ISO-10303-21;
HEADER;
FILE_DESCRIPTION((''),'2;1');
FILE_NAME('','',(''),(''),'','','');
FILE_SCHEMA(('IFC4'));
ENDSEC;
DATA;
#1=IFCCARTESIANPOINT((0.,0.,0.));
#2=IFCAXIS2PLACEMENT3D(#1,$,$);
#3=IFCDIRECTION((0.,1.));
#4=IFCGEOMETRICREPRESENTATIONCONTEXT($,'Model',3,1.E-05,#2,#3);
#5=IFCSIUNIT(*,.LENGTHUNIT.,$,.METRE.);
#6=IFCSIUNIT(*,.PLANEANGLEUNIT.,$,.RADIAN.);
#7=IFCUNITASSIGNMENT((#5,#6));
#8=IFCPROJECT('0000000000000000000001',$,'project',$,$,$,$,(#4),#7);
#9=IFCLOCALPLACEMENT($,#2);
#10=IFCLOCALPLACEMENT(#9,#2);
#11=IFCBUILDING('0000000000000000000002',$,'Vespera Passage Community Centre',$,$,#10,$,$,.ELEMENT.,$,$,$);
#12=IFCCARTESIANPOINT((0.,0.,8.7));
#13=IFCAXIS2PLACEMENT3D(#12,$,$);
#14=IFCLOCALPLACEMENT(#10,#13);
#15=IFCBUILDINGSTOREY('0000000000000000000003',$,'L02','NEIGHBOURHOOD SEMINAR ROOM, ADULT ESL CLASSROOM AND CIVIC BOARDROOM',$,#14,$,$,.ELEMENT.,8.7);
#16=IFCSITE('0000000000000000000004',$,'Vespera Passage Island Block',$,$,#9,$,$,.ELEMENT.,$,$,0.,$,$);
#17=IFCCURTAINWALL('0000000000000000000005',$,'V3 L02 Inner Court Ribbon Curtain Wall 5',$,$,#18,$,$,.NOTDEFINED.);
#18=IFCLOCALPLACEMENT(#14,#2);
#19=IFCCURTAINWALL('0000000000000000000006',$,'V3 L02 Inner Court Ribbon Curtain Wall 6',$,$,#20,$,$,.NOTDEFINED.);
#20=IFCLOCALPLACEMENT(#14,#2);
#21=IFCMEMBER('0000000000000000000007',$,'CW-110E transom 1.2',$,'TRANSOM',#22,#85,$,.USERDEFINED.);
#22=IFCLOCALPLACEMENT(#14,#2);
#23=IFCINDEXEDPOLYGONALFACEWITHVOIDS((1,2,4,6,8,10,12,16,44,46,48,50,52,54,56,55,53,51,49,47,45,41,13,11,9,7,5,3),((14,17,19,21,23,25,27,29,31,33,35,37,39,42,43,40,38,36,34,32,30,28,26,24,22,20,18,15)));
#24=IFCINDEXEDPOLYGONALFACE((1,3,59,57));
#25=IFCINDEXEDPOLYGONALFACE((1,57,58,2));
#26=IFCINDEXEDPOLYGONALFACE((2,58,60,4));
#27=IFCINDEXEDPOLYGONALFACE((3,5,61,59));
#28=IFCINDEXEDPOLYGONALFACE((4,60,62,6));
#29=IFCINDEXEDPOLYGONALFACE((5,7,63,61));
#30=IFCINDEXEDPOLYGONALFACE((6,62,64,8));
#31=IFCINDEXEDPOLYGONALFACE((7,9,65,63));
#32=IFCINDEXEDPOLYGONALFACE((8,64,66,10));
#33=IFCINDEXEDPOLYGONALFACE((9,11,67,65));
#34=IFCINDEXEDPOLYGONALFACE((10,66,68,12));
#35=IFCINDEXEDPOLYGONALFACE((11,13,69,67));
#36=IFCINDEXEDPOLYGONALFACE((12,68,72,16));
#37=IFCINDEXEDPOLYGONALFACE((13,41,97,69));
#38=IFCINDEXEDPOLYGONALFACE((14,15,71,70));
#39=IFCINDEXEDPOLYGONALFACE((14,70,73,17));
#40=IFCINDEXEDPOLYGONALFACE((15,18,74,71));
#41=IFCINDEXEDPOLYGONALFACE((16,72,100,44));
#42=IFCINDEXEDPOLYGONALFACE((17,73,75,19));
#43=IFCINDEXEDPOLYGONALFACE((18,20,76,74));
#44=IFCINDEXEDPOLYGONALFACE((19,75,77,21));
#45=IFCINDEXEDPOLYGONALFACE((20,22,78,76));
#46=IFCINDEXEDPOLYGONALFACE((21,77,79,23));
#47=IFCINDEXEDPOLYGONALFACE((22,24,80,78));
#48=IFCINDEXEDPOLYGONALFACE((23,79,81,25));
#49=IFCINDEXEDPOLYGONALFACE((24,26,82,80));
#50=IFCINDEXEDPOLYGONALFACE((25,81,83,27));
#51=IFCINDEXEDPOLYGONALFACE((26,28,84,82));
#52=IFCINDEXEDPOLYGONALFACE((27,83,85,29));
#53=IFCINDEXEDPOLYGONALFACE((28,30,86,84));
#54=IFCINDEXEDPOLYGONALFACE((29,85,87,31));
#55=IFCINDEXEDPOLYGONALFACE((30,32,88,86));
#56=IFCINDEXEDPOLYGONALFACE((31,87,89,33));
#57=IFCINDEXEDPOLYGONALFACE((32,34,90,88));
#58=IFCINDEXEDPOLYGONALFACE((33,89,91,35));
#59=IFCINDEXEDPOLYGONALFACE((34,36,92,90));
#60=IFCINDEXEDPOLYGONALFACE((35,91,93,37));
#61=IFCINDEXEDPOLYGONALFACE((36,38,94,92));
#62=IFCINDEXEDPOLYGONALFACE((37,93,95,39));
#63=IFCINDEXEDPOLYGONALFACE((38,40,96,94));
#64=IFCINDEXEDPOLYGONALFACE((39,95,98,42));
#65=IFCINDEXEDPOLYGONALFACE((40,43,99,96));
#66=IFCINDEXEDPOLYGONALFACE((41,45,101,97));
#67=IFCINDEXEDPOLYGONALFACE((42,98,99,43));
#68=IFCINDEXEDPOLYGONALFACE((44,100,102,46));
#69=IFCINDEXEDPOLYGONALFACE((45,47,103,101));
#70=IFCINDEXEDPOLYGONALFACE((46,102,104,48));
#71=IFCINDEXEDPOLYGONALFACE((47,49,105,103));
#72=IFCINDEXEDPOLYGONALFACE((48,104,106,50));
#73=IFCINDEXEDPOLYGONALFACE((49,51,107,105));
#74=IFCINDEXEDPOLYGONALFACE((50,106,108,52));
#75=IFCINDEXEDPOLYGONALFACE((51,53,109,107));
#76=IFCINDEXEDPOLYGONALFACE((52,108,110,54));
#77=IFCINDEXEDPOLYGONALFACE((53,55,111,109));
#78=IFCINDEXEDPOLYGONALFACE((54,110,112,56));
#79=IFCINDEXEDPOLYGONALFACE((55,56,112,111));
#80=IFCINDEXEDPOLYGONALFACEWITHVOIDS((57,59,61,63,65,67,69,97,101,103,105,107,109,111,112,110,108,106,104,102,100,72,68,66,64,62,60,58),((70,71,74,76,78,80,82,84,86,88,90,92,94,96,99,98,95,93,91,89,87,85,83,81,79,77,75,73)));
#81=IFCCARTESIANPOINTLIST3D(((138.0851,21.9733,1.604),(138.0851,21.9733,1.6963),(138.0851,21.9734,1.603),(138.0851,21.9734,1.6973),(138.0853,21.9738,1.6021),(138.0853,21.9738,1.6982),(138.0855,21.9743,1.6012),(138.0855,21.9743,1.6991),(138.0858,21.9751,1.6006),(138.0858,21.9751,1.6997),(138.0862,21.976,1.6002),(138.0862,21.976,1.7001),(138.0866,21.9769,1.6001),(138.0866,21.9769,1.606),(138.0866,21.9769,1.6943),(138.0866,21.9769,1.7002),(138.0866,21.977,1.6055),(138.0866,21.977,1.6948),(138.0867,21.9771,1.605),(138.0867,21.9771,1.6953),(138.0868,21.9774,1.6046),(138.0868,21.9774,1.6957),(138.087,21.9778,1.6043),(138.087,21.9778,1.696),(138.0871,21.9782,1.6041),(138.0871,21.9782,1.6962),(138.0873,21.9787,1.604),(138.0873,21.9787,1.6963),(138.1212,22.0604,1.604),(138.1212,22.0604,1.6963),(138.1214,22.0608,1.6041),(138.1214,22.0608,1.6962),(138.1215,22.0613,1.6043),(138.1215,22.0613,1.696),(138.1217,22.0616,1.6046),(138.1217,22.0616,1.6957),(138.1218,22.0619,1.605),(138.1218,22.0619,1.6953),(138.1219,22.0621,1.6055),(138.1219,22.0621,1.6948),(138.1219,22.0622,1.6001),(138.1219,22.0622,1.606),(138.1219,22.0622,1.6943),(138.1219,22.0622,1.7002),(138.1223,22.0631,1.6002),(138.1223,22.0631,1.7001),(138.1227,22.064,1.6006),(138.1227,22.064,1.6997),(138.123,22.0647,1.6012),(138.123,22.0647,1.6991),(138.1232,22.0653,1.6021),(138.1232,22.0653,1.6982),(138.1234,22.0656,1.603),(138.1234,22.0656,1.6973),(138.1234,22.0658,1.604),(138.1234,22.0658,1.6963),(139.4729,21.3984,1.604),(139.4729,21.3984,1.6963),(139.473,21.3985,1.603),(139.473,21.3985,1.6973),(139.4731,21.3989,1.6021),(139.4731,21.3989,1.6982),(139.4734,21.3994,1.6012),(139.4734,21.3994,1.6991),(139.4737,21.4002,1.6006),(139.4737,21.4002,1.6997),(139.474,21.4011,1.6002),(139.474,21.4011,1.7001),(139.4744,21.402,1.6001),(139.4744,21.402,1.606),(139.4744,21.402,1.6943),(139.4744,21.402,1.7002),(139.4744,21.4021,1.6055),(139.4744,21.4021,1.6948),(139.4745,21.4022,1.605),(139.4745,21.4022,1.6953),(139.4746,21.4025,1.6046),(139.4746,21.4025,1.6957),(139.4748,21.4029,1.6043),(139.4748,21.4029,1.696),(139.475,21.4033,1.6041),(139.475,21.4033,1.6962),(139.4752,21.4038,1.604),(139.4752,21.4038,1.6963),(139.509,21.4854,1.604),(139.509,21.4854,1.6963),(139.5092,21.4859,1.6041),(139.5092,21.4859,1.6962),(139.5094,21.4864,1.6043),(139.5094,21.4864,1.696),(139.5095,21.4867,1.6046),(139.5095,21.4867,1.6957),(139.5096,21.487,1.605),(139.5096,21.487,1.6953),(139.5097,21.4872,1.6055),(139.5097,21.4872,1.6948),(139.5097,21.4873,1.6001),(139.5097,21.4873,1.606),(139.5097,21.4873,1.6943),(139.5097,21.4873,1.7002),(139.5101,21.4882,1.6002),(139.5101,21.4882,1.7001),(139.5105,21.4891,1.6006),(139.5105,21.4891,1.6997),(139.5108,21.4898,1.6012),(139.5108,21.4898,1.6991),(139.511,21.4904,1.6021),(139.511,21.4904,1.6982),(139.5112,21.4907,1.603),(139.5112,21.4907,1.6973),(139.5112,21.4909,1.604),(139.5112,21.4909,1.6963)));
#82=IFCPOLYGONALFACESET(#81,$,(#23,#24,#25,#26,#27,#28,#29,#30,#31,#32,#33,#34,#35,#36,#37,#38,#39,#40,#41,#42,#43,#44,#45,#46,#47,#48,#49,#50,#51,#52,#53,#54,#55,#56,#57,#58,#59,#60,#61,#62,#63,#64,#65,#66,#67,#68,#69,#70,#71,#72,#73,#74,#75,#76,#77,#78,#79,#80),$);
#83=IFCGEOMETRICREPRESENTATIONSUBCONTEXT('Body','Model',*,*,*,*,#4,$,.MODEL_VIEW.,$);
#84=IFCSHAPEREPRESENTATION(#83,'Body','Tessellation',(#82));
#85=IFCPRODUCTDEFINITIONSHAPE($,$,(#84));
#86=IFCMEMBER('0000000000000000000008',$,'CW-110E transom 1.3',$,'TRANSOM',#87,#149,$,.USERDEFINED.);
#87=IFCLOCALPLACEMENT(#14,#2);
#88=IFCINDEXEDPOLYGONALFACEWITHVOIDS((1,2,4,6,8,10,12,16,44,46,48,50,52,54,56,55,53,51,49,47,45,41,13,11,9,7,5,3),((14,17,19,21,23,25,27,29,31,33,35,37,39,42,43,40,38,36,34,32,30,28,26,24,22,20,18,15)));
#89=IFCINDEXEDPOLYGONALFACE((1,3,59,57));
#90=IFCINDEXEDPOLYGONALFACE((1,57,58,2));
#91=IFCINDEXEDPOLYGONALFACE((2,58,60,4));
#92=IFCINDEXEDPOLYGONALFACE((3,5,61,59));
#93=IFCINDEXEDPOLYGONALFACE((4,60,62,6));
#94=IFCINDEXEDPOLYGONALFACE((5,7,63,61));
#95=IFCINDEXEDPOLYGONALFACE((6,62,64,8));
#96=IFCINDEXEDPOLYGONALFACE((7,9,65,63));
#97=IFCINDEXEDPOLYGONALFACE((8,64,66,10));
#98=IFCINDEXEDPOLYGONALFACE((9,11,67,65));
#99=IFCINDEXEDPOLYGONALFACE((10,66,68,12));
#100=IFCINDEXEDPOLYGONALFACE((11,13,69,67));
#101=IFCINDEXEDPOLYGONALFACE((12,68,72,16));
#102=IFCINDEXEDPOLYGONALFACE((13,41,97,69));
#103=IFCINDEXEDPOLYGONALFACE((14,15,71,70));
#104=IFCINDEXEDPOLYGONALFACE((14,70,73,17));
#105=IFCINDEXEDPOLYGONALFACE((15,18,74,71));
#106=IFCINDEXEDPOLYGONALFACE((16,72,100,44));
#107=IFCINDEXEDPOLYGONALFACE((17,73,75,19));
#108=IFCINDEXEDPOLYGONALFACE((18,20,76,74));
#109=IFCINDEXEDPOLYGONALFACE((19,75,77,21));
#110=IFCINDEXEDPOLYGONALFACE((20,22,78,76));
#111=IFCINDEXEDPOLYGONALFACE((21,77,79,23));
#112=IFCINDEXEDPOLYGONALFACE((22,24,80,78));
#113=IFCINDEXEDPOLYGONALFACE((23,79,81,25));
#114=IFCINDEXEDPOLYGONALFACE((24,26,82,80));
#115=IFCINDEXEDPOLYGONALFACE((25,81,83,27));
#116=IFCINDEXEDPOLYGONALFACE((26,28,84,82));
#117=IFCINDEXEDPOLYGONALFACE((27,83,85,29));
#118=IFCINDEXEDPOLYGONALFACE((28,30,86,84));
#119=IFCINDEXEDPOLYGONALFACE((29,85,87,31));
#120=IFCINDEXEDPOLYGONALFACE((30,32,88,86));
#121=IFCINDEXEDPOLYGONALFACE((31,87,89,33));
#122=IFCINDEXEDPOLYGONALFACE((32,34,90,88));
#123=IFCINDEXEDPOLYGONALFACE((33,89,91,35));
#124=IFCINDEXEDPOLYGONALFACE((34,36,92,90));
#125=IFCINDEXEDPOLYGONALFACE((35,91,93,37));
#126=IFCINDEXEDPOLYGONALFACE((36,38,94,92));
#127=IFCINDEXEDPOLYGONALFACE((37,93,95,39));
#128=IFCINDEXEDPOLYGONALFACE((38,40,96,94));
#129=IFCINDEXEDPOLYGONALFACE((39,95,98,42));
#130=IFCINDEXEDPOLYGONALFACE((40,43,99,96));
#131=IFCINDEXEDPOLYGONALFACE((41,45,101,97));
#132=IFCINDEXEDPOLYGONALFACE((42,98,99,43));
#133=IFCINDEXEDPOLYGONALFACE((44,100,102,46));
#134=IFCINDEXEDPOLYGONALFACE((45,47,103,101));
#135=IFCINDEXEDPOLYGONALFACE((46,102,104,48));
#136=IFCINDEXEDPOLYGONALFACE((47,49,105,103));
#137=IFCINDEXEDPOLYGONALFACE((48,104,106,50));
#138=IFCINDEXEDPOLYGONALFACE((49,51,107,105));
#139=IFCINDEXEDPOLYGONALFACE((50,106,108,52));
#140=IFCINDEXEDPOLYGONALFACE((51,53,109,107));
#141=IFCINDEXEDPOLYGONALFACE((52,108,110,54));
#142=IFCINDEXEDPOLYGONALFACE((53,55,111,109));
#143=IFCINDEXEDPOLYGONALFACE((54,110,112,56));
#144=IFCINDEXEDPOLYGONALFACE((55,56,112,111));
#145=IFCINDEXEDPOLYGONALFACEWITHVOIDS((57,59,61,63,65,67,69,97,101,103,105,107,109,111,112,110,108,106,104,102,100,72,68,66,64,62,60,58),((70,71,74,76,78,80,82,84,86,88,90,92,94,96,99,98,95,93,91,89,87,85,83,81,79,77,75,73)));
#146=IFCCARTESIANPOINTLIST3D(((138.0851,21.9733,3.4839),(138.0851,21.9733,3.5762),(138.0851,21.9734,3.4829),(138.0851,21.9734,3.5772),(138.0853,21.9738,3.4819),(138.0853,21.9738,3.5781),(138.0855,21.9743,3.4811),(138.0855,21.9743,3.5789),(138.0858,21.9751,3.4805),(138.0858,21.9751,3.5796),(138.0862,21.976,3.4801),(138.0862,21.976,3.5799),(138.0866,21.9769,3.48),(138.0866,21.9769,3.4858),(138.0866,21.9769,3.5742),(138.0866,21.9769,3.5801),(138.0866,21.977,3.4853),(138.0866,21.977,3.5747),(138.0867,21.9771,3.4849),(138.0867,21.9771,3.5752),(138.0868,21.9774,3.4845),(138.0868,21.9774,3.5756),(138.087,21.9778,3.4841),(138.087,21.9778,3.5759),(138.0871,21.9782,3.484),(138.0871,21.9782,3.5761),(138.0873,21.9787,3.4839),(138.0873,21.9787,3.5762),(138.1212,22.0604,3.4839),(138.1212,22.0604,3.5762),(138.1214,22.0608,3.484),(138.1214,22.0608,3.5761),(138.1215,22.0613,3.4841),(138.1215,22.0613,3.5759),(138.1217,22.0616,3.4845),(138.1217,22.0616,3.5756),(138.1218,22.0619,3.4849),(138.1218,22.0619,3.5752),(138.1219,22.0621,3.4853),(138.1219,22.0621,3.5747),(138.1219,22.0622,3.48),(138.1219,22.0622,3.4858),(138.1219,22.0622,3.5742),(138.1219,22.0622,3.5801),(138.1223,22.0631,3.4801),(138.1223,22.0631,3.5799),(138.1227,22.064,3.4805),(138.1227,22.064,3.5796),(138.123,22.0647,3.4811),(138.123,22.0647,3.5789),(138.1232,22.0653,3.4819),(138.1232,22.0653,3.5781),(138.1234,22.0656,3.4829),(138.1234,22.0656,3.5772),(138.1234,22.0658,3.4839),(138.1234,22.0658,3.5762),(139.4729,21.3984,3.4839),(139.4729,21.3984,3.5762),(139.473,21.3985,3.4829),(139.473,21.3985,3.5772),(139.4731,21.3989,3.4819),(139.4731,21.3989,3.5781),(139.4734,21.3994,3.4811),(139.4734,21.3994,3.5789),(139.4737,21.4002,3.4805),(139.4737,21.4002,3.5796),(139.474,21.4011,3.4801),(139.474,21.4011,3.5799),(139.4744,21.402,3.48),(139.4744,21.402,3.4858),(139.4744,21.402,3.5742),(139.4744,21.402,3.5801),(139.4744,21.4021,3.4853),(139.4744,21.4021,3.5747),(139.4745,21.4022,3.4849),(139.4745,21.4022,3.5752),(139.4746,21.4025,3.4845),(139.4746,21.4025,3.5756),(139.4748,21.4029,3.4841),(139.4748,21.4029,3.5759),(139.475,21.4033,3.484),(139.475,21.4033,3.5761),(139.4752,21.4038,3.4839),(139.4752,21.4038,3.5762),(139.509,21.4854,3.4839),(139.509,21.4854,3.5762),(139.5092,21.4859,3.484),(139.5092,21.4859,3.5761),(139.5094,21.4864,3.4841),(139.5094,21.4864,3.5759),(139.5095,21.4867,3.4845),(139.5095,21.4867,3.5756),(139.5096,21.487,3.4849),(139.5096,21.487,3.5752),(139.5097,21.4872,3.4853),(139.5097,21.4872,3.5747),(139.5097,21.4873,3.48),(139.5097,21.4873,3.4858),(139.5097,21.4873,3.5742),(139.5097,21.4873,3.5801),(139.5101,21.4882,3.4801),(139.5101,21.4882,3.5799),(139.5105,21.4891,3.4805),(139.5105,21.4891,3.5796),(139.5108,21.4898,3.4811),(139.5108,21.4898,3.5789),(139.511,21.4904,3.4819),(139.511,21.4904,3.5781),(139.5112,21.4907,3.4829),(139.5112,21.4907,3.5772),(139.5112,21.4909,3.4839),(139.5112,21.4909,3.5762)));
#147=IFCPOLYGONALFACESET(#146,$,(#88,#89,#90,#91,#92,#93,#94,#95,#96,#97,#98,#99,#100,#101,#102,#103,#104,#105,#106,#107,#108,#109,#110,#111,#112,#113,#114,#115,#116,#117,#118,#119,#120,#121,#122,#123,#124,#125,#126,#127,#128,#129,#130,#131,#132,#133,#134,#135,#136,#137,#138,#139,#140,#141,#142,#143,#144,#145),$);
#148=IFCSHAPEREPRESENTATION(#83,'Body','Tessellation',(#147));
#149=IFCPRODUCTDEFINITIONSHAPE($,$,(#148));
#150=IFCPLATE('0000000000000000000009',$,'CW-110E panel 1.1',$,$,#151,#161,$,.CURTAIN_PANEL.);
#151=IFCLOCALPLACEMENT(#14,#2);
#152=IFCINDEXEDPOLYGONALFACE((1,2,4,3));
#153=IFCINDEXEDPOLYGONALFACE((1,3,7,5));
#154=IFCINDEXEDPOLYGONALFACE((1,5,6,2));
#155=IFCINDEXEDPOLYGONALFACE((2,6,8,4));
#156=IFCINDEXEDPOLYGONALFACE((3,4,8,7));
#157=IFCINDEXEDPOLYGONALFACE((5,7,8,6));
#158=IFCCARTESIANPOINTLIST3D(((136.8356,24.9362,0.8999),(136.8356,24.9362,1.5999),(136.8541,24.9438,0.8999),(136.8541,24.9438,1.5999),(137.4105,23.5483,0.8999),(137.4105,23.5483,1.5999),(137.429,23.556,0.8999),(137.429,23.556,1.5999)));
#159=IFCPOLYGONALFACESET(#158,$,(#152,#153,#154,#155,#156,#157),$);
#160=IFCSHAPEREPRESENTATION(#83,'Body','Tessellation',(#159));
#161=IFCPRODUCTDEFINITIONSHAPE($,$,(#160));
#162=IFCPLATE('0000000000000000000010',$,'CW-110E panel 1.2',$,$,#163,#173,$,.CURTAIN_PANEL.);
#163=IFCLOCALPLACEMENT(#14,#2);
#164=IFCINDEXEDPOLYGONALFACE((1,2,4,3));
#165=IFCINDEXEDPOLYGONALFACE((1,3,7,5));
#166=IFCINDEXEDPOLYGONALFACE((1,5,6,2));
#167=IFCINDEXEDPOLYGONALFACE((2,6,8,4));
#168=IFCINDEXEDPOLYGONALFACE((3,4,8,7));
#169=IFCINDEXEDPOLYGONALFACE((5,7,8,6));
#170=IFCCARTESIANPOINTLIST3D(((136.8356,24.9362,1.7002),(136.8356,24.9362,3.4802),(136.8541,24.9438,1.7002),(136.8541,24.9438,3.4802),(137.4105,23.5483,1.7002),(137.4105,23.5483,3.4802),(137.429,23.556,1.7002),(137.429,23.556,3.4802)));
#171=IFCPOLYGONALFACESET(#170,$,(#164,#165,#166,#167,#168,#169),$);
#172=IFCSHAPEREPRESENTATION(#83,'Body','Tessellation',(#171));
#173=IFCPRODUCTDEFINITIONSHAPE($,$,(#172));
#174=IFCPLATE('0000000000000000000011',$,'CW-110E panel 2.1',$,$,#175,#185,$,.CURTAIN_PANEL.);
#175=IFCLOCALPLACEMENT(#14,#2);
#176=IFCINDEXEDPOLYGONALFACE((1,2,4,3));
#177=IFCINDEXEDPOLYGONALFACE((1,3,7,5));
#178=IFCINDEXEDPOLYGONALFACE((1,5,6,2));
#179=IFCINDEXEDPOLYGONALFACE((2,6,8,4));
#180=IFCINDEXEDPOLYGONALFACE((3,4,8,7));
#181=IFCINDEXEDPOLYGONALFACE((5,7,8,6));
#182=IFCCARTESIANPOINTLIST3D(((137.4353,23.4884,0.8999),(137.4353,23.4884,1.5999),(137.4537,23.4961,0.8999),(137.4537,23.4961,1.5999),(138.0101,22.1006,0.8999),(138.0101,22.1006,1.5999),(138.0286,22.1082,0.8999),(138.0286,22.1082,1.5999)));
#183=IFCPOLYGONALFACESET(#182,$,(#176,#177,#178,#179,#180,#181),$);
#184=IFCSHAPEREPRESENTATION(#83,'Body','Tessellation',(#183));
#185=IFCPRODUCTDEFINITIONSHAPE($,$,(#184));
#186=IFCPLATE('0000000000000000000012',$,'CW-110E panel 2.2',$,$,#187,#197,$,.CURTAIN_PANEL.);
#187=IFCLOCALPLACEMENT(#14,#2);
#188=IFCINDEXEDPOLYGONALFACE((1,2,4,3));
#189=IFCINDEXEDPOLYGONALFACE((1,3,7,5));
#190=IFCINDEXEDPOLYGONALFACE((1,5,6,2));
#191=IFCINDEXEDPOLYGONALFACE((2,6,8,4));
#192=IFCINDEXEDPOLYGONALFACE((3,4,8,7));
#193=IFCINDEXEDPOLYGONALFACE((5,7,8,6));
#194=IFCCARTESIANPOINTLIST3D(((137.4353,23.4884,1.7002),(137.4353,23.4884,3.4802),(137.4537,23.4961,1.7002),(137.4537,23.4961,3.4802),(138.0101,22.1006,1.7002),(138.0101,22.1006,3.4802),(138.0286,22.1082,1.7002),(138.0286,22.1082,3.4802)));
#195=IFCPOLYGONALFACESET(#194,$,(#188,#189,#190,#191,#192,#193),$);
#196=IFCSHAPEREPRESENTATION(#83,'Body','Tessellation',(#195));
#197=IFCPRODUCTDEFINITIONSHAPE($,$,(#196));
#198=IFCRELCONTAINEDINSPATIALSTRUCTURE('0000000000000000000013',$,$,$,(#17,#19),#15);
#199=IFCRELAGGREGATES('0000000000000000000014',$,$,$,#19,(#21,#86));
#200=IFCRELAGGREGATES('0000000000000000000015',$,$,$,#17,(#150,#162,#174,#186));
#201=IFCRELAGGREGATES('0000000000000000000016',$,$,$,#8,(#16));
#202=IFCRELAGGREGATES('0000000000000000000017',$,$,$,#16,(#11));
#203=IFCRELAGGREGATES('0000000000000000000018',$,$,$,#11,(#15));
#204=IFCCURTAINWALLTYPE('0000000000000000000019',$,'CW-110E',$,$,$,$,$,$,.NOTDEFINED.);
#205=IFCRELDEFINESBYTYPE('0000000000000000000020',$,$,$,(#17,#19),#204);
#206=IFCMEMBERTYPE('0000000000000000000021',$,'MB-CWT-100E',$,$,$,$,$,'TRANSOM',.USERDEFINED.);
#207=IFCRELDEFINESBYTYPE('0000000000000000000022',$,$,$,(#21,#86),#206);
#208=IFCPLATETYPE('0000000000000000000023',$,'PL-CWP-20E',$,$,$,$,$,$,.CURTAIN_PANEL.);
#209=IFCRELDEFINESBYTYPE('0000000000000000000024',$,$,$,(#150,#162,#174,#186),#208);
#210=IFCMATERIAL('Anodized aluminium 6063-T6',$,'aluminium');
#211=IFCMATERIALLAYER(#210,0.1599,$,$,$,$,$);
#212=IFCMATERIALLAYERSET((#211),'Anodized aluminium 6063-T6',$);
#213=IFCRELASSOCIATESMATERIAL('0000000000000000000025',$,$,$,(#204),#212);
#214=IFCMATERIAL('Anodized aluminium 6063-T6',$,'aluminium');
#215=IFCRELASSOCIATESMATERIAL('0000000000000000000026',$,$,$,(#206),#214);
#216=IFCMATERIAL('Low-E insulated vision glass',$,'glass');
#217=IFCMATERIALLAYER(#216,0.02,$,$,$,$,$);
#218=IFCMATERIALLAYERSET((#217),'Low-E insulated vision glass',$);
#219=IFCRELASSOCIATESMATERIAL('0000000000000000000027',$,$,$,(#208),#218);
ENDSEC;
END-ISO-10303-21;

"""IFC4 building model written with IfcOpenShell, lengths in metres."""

from ifc_helpers import new_model, si_unit, direction, frame, origin, origin_2d, place, context, subcontext, project, spatial, rectangle, hollow_rectangle, extrude, material, layer, layer_set, material_profile, profile_set, type_object, element, aggregate, save


model = new_model("IFC4")

# Units and contexts
model_context = context("Model", 3, precision=1e-05, world=origin(), true_north=direction((0.0, 1.0)))
body_context = subcontext(model_context, "Body", "Model", "MODEL_VIEW")
ifc_project = project(units=[si_unit("LENGTHUNIT", "METRE"), si_unit("PLANEANGLEUNIT", "RADIAN")], contexts=[model_context])

# Site, building, storey
site_placement = place(None, origin())
site = spatial("IfcSite", under=ifc_project, at=site_placement, Name="Vespera Passage Island Block", CompositionType="ELEMENT", RefElevation=0.0)
building_placement = place(site_placement, origin())
building = spatial("IfcBuilding", under=site, at=building_placement, Name="Vespera Passage Community Centre", CompositionType="ELEMENT")
storey_placement = place(building_placement, frame((0.0, 0.0, 8.7)))
storey = spatial("IfcBuildingStorey", under=building, at=storey_placement, Name="L02", Description="NEIGHBOURHOOD SEMINAR ROOM, ADULT ESL CLASSROOM AND CIVIC BOARDROOM", CompositionType="ELEMENT", Elevation=8.7)

# Curtain wall
ifc_material_1 = material(Name="Anodized aluminium 6063-T6", Category="aluminium")
ifc_layer_1 = layer(ifc_material_1, 0.1599)
ifc_layer_set_1 = layer_set([ifc_layer_1], Name="Anodized aluminium 6063-T6")
curtain_wall_type = type_object("IfcCurtainWallType", Name="CW-110E", PredefinedType="NOTDEFINED", material=ifc_layer_set_1)
curtain_wall_1_placement = place(storey_placement, origin())
curtain_wall_1 = element("IfcCurtainWall", 1, at=curtain_wall_1_placement, inside=storey, type_object=curtain_wall_type, Name="V3 L02 Inner Court Ribbon Curtain Wall 5", PredefinedType="NOTDEFINED")

# Curtain wall
curtain_wall_2_placement = place(storey_placement, origin())
curtain_wall_2 = element("IfcCurtainWall", 2, at=curtain_wall_2_placement, inside=storey, type_object=curtain_wall_type, Name="V3 L02 Inner Court Ribbon Curtain Wall 6", PredefinedType="NOTDEFINED")

# Members
ifc_material_2 = material(Name="Anodized aluminium 6063-T6", Category="aluminium")
ifc_material_profile_1 = material_profile(ifc_material_2, hollow_rectangle(XDim=0.1001, YDim=0.1001, WallThickness=0.0039, InnerFilletRadius=0.002, OuterFilletRadius=0.0039, at=origin_2d()), Name="ALU100X100X4")
ifc_profile_set_1 = profile_set([ifc_material_profile_1], Name="Anodized aluminium 6063-T6")
member_type_1 = type_object("IfcMemberType", Name="MB-CWT-100E", ElementType="TRANSOM", PredefinedType="USERDEFINED", material=ifc_profile_set_1)
member_1_placement = place(storey_placement, frame((138.1042, 22.0195, 1.6501), z_axis=(0.923868, -0.382711, 0.0), x_axis=(0.382711, 0.923868, 0.0)))
member_1 = element("IfcMember", 3, at=member_1_placement, type_object=member_type_1, Name="CW-110E transom 1.2", ObjectType="TRANSOM", PredefinedType="USERDEFINED", context=body_context, shape_type="SweptSolid", body=[
    extrude(hollow_rectangle(XDim=0.1001, YDim=0.1001, WallThickness=0.0039, InnerFilletRadius=0.002, OuterFilletRadius=0.0039, at=origin_2d()), origin(), (0.0, 0.0, 1.0), 1.5022),
])
member_2_placement = place(storey_placement, frame((138.1042, 22.0195, 3.53), z_axis=(0.923868, -0.382711, 0.0), x_axis=(0.382711, 0.923868, 0.0)))
member_2 = element("IfcMember", 4, at=member_2_placement, type_object=member_type_1, Name="CW-110E transom 1.3", ObjectType="TRANSOM", PredefinedType="USERDEFINED", context=body_context, shape_type="SweptSolid", body=[
    extrude(hollow_rectangle(XDim=0.1001, YDim=0.1001, WallThickness=0.0039, InnerFilletRadius=0.002, OuterFilletRadius=0.0039, at=origin_2d()), origin(), (0.0, 0.0, 1.0), 1.5022),
])
aggregate(curtain_wall_2, [member_1, member_2])

# Plates
ifc_material_3 = material(Name="Low-E insulated vision glass", Category="glass")
ifc_layer_2 = layer(ifc_material_3, 0.02)
ifc_layer_set_2 = layer_set([ifc_layer_2], Name="Low-E insulated vision glass")
plate_type = type_object("IfcPlateType", Name="PL-CWP-20E", PredefinedType="CURTAIN_PANEL", material=ifc_layer_set_2)
plate_1_placement = place(storey_placement, frame((137.1323, 24.2461, 0.8999), z_axis=(0.0, 0.0, 1.0), x_axis=(0.382686, -0.923879, 0.0)))
plate_1 = element("IfcPlate", 5, at=plate_1_placement, type_object=plate_type, Name="CW-110E panel 1.1", PredefinedType="CURTAIN_PANEL", context=body_context, shape_type="SweptSolid", body=[
    extrude(rectangle(XDim=1.5022, YDim=0.02, at=origin_2d()), origin(), (0.0, 0.0, 1.0), 0.7),
])
plate_2_placement = place(storey_placement, frame((137.1323, 24.2461, 1.7002), z_axis=(0.0, 0.0, 1.0), x_axis=(0.382686, -0.923879, 0.0)))
plate_2 = element("IfcPlate", 6, at=plate_2_placement, type_object=plate_type, Name="CW-110E panel 1.2", PredefinedType="CURTAIN_PANEL", context=body_context, shape_type="SweptSolid", body=[
    extrude(rectangle(XDim=1.5022, YDim=0.02, at=origin_2d()), origin(), (0.0, 0.0, 1.0), 1.78),
])
plate_3_placement = place(storey_placement, frame((137.7319, 22.7983, 0.8999), z_axis=(0.0, 0.0, 1.0), x_axis=(0.382686, -0.923879, 0.0)))
plate_3 = element("IfcPlate", 7, at=plate_3_placement, type_object=plate_type, Name="CW-110E panel 2.1", PredefinedType="CURTAIN_PANEL", context=body_context, shape_type="SweptSolid", body=[
    extrude(rectangle(XDim=1.5022, YDim=0.02, at=origin_2d()), origin(), (0.0, 0.0, 1.0), 0.7),
])
plate_4_placement = place(storey_placement, frame((137.7319, 22.7983, 1.7002), z_axis=(0.0, 0.0, 1.0), x_axis=(0.382686, -0.923879, 0.0)))
plate_4 = element("IfcPlate", 8, at=plate_4_placement, type_object=plate_type, Name="CW-110E panel 2.2", PredefinedType="CURTAIN_PANEL", context=body_context, shape_type="SweptSolid", body=[
    extrude(rectangle(XDim=1.5022, YDim=0.02, at=origin_2d()), origin(), (0.0, 0.0, 1.0), 1.78),
])
aggregate(curtain_wall_1, [plate_1, plate_2, plate_3, plate_4])

save(model, "model.ifc")
